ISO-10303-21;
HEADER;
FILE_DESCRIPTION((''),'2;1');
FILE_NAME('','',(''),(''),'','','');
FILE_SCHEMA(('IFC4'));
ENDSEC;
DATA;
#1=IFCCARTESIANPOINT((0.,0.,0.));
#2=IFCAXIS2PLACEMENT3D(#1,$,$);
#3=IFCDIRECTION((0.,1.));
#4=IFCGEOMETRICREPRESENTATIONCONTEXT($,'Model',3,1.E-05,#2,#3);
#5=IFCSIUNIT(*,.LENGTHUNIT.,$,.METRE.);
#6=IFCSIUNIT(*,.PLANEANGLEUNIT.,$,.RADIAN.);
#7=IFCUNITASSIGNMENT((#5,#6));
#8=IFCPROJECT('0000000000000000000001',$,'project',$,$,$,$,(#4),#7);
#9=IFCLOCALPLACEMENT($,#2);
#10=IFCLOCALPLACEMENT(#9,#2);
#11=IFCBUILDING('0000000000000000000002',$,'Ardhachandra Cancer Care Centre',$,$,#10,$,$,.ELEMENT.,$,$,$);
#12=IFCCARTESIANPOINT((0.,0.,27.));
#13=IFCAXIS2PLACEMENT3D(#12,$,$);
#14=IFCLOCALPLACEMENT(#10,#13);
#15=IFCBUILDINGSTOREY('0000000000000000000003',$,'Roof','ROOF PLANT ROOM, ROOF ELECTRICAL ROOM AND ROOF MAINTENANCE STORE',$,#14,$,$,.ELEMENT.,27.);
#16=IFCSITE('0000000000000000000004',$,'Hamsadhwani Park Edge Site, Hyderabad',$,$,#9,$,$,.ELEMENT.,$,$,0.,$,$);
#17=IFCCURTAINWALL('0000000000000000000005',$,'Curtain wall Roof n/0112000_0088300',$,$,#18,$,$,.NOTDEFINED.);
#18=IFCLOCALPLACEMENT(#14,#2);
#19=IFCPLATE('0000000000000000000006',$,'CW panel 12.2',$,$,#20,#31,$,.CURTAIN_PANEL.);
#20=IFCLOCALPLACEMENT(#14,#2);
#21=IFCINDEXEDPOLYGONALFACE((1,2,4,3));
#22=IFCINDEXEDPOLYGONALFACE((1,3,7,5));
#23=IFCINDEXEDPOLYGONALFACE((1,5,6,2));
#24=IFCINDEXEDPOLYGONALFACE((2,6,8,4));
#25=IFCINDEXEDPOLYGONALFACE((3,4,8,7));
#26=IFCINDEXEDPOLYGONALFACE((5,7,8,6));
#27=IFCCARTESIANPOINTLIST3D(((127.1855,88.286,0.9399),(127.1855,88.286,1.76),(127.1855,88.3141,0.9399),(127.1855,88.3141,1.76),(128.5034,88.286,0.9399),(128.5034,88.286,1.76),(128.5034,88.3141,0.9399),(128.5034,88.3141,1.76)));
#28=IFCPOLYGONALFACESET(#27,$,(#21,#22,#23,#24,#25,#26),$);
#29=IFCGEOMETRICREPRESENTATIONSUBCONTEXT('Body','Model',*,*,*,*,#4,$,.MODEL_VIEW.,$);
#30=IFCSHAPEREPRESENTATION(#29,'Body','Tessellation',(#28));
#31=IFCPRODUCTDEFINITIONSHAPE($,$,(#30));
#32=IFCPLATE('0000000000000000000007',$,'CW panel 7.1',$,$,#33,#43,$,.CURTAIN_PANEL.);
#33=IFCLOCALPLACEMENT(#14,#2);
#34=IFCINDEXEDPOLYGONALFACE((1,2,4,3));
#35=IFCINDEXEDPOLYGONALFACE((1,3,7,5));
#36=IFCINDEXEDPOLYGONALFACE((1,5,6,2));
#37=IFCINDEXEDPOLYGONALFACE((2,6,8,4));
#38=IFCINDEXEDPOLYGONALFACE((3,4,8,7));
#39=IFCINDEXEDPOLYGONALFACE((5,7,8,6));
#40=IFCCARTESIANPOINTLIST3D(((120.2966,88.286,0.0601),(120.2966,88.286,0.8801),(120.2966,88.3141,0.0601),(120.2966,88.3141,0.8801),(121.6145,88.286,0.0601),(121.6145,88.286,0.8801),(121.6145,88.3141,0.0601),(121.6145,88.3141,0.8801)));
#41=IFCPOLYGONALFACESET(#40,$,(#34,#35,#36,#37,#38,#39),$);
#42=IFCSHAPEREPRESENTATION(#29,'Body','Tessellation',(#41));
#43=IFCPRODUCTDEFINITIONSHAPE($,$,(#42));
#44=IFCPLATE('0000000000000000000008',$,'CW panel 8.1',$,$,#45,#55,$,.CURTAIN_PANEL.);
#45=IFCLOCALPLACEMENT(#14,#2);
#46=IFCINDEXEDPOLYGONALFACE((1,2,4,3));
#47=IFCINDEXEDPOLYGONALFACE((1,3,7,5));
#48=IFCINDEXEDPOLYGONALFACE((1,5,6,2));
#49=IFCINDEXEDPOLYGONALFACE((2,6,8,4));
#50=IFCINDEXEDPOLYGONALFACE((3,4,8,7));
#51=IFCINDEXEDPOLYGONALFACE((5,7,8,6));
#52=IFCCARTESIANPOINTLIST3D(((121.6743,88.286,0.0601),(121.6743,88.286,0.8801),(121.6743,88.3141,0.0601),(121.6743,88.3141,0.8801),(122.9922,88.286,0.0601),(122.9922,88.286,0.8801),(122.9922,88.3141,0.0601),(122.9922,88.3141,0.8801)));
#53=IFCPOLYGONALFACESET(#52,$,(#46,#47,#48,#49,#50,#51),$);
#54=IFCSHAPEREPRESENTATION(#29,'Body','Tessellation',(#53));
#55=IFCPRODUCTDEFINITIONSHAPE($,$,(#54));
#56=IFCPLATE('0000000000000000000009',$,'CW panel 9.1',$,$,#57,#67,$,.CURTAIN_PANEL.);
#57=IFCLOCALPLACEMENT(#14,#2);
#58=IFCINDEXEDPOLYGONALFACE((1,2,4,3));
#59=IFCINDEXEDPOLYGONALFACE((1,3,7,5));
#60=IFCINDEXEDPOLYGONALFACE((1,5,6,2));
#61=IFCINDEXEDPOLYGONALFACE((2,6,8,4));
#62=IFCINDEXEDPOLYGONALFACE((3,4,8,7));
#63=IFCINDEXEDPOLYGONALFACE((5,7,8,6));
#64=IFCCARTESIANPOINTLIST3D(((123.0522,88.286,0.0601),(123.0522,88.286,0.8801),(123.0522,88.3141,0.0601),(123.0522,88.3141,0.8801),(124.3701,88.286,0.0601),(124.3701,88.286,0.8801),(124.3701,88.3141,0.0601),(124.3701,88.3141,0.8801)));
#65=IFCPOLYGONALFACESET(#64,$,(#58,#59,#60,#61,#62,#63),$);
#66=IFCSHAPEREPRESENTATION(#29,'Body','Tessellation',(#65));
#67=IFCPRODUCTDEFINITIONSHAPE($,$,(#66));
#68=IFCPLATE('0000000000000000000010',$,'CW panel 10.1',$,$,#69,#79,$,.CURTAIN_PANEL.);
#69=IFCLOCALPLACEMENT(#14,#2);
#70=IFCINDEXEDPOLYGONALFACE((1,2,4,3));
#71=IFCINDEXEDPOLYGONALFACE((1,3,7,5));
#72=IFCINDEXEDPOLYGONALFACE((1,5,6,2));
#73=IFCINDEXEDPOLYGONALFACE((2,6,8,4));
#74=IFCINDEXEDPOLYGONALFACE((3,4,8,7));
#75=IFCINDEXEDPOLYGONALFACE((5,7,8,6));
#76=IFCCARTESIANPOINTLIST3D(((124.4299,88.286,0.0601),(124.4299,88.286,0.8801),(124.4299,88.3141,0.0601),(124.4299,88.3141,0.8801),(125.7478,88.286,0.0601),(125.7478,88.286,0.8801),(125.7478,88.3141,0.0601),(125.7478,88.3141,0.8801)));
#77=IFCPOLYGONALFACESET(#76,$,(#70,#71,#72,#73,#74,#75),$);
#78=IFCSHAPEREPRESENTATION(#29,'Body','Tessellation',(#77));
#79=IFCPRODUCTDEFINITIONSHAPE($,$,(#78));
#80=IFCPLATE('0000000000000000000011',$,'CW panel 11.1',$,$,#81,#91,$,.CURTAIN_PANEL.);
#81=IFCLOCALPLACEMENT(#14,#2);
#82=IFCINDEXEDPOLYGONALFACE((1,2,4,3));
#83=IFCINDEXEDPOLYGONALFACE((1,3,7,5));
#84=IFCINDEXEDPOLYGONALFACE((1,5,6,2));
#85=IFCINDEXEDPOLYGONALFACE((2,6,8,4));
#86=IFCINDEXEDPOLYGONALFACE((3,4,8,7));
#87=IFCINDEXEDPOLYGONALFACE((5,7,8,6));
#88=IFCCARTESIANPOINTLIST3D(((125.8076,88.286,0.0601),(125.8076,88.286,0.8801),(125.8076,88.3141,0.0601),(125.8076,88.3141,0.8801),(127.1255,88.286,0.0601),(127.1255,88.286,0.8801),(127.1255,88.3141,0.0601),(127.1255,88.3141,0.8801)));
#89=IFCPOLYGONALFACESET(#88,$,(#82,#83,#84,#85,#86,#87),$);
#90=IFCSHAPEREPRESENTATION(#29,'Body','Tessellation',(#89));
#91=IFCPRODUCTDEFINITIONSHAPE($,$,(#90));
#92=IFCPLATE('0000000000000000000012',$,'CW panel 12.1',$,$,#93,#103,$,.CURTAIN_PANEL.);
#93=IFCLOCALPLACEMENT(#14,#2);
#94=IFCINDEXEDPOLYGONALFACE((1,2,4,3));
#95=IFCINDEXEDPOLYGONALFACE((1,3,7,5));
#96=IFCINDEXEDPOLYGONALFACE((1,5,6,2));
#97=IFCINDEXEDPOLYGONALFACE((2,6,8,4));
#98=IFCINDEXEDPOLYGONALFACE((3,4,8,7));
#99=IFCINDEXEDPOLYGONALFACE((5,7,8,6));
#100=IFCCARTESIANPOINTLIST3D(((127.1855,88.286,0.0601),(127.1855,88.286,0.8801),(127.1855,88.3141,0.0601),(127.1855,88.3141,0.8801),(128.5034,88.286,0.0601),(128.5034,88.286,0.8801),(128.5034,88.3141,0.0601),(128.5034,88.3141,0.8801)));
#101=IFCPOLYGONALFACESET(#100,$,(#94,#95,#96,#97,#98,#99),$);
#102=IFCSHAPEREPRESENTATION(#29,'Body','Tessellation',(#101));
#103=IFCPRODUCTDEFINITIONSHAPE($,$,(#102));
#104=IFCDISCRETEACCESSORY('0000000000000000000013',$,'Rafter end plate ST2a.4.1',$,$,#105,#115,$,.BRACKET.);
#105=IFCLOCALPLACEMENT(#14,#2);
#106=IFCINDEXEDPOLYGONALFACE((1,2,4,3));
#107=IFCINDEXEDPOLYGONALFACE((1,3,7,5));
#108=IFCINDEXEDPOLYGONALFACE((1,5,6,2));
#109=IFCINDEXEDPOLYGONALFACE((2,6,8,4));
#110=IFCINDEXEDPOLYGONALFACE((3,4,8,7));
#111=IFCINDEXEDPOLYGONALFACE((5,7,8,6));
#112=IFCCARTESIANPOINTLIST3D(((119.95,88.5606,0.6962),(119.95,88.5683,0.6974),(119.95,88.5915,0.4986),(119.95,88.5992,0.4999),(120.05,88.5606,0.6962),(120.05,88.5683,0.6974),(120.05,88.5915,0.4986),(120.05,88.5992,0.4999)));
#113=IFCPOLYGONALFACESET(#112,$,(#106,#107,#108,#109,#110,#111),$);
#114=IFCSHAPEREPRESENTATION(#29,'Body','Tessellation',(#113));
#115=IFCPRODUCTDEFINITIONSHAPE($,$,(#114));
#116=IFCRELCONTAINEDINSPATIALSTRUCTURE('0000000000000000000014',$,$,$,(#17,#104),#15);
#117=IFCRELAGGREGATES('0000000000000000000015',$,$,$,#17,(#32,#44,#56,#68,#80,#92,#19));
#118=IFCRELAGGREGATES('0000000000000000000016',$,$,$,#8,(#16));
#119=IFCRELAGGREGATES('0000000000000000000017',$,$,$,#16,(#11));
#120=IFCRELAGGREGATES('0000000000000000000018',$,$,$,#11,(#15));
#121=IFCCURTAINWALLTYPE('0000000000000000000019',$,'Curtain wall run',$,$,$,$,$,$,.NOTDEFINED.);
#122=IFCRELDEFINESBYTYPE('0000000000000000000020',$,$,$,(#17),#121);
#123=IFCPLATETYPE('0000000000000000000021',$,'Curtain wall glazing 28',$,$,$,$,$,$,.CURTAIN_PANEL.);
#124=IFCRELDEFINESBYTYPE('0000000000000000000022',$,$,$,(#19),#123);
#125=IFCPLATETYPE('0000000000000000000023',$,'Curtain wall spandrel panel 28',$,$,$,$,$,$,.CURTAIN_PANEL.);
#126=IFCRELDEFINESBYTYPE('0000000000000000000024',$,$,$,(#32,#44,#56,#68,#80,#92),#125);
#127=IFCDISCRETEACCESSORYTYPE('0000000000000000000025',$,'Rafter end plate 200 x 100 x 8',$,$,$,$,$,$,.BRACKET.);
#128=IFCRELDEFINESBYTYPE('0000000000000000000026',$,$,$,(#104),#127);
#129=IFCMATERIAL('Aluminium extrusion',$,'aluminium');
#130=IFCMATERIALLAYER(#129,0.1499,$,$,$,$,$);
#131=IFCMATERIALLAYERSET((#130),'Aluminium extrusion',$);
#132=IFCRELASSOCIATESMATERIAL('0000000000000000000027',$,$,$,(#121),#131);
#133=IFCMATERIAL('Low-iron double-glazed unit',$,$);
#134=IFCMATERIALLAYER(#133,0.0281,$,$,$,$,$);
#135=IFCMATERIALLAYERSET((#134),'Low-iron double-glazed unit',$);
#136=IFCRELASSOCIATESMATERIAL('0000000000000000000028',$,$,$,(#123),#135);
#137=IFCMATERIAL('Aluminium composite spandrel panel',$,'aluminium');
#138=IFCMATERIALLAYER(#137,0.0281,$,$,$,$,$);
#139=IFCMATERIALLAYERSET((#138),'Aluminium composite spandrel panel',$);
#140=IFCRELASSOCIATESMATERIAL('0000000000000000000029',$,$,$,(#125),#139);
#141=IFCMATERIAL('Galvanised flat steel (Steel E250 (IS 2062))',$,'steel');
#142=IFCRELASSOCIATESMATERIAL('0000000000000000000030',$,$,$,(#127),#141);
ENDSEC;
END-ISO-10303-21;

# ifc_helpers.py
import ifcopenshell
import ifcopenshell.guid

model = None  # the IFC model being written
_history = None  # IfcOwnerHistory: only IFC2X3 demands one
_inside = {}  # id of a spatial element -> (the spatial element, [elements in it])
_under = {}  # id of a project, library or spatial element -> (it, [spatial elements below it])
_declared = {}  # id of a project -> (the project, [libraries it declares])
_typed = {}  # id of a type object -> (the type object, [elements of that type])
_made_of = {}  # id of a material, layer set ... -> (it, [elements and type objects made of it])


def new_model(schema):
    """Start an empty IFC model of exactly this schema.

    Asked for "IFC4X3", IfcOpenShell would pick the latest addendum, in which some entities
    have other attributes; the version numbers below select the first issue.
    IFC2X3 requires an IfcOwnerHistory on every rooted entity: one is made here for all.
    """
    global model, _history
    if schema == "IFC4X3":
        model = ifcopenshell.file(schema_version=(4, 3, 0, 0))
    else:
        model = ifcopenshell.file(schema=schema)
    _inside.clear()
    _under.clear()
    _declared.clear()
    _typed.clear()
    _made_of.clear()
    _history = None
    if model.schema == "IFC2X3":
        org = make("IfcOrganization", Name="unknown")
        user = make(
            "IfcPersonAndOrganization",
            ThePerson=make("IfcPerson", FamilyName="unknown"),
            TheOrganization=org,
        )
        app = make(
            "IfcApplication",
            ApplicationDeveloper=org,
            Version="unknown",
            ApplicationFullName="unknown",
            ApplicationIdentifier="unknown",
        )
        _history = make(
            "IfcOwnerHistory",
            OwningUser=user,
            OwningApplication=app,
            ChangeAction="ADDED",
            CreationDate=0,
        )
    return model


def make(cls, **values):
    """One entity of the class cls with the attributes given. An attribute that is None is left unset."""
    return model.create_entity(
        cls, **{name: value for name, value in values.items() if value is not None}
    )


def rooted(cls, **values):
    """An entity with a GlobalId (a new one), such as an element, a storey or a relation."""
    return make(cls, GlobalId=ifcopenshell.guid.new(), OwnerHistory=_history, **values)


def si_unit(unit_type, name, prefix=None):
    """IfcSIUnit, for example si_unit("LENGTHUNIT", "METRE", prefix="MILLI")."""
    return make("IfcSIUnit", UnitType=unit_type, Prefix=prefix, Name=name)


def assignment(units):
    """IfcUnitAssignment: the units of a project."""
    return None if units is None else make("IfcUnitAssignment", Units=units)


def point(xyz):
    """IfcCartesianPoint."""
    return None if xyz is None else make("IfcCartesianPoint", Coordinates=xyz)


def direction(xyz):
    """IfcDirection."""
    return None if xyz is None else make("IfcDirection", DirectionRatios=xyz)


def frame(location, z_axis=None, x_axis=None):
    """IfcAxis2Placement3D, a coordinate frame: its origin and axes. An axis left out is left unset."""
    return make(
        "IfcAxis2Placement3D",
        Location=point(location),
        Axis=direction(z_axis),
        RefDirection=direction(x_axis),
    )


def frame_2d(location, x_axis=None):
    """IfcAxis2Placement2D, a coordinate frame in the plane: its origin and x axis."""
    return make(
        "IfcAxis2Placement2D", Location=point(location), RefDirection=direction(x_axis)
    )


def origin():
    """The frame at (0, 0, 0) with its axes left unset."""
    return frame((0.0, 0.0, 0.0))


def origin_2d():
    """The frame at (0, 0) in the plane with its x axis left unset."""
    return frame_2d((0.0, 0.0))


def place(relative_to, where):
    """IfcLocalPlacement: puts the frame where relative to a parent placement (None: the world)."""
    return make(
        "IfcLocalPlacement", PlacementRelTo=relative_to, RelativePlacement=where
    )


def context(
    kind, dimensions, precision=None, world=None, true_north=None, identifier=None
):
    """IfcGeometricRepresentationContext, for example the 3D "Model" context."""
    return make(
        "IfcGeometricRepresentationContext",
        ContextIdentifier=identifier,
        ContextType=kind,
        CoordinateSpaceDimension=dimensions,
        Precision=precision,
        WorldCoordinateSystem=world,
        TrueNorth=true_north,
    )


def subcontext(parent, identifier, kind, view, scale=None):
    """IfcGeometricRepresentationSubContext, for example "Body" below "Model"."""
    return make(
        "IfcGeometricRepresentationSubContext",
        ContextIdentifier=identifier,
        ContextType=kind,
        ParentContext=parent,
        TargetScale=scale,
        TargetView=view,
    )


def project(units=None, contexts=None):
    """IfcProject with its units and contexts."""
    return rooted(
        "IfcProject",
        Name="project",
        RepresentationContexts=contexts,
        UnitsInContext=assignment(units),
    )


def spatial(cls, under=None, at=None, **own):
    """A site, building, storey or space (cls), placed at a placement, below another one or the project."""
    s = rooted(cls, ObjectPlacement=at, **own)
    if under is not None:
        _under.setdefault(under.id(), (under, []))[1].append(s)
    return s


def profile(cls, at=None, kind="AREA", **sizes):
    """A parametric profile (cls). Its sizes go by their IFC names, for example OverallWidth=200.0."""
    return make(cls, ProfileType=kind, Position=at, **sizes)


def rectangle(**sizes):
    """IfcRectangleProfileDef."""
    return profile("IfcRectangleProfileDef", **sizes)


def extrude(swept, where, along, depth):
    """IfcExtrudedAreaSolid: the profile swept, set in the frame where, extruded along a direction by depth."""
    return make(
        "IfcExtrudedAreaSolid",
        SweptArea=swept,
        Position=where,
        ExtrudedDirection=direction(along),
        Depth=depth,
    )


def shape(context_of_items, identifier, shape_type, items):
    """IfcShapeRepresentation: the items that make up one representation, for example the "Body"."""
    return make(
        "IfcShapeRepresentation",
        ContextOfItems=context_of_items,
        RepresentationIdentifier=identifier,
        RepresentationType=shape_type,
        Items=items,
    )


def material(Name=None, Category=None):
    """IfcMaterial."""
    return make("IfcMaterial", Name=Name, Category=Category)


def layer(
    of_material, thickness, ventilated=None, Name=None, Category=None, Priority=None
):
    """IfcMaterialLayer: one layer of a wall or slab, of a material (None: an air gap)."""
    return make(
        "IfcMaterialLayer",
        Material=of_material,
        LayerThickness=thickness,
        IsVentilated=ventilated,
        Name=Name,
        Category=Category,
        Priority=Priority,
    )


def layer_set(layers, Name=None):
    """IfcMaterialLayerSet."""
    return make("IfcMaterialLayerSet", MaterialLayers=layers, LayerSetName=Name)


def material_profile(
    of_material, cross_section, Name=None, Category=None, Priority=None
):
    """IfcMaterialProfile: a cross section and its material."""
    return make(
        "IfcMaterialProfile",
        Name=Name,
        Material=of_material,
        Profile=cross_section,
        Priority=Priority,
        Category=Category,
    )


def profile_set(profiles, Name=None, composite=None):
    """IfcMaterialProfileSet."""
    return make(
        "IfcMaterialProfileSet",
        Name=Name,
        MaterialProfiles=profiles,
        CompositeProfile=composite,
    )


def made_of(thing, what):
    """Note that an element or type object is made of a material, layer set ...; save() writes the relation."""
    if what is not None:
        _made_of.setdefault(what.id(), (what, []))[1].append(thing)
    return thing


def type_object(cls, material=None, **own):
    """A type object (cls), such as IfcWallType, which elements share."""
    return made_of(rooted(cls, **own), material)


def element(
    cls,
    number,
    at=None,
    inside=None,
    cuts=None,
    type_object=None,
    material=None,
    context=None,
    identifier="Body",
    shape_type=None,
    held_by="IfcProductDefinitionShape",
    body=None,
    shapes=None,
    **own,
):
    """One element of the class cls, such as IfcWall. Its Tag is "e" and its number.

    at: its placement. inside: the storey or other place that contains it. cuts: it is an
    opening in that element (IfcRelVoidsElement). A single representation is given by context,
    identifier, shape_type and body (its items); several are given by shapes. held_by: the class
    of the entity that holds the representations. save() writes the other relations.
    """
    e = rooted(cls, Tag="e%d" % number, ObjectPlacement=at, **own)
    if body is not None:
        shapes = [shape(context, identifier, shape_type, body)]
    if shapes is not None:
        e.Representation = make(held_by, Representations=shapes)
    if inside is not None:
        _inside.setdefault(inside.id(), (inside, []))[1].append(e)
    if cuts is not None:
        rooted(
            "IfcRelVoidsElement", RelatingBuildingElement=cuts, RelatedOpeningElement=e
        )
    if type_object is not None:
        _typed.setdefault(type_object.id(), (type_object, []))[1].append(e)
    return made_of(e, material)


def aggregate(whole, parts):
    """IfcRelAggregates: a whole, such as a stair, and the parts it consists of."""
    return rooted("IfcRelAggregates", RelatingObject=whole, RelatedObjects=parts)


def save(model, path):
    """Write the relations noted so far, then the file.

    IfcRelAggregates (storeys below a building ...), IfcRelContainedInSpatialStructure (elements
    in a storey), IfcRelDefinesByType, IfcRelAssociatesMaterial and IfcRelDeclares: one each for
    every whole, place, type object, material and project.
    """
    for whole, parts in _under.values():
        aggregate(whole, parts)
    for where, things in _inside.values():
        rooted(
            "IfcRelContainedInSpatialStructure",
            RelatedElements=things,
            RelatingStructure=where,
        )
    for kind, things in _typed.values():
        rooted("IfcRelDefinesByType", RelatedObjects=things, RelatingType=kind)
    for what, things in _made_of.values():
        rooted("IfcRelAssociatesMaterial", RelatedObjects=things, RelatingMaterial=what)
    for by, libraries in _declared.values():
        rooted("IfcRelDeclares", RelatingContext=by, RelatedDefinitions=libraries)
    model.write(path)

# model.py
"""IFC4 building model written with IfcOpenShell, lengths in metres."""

from ifc_helpers import new_model, si_unit, direction, frame, origin, origin_2d, place, context, subcontext, project, spatial, rectangle, extrude, material, layer, layer_set, material_profile, profile_set, type_object, element, aggregate, save


model = new_model("IFC4")

# Units and contexts
model_context = context("Model", 3, precision=1e-05, world=origin(), true_north=direction((0.0, 1.0)))
body_context = subcontext(model_context, "Body", "Model", "MODEL_VIEW")
ifc_project = project(units=[si_unit("LENGTHUNIT", "METRE"), si_unit("PLANEANGLEUNIT", "RADIAN")], contexts=[model_context])

# Site, building, storey
site_placement = place(None, origin())
site = spatial("IfcSite", under=ifc_project, at=site_placement, Name="Hamsadhwani Park Edge Site, Hyderabad", CompositionType="ELEMENT", RefElevation=0.0)
building_placement = place(site_placement, origin())
building = spatial("IfcBuilding", under=site, at=building_placement, Name="Ardhachandra Cancer Care Centre", CompositionType="ELEMENT")
storey_placement = place(building_placement, frame((0.0, 0.0, 27.0)))
storey = spatial("IfcBuildingStorey", under=building, at=storey_placement, Name="Roof", Description="ROOF PLANT ROOM, ROOF ELECTRICAL ROOM AND ROOF MAINTENANCE STORE", CompositionType="ELEMENT", Elevation=27.0)

# Curtain wall
ifc_material_1 = material(Name="Aluminium extrusion", Category="aluminium")
ifc_layer_1 = layer(ifc_material_1, 0.1499)
ifc_layer_set_1 = layer_set([ifc_layer_1], Name="Aluminium extrusion")
curtain_wall_type = type_object("IfcCurtainWallType", Name="Curtain wall run", PredefinedType="NOTDEFINED", material=ifc_layer_set_1)
curtain_wall_placement = place(storey_placement, origin())
curtain_wall = element("IfcCurtainWall", 1, at=curtain_wall_placement, inside=storey, type_object=curtain_wall_type, Name="Curtain wall Roof n/0112000_0088300", PredefinedType="NOTDEFINED")

# Plates
ifc_material_2 = material(Name="Low-iron double-glazed unit")
ifc_layer_2 = layer(ifc_material_2, 0.0281)
ifc_layer_set_2 = layer_set([ifc_layer_2], Name="Low-iron double-glazed unit")
plate_type_1 = type_object("IfcPlateType", Name="Curtain wall glazing 28", PredefinedType="CURTAIN_PANEL", material=ifc_layer_set_2)
plate_1_placement = place(storey_placement, frame((127.8445, 88.3, 0.9399), z_axis=(0.0, 0.0, 1.0), x_axis=(1.0, 0.0, 0.0)))
plate_1 = element("IfcPlate", 2, at=plate_1_placement, type_object=plate_type_1, Name="CW panel 12.2", PredefinedType="CURTAIN_PANEL", context=body_context, shape_type="SweptSolid", body=[
    extrude(rectangle(XDim=1.3179, YDim=0.0281, at=origin_2d()), origin(), (0.0, 0.0, 1.0), 0.8201),
])
ifc_material_3 = material(Name="Aluminium composite spandrel panel", Category="aluminium")
ifc_layer_3 = layer(ifc_material_3, 0.0281)
ifc_layer_set_3 = layer_set([ifc_layer_3], Name="Aluminium composite spandrel panel")
plate_type_2 = type_object("IfcPlateType", Name="Curtain wall spandrel panel 28", PredefinedType="CURTAIN_PANEL", material=ifc_layer_set_3)
plate_2_placement = place(storey_placement, frame((120.9556, 88.3, 0.0601), z_axis=(0.0, 0.0, 1.0), x_axis=(1.0, 0.0, 0.0)))
plate_2 = element("IfcPlate", 3, at=plate_2_placement, type_object=plate_type_2, Name="CW panel 7.1", PredefinedType="CURTAIN_PANEL", context=body_context, shape_type="SweptSolid", body=[
    extrude(rectangle(XDim=1.3179, YDim=0.0281, at=origin_2d()), origin(), (0.0, 0.0, 1.0), 0.8201),
])
plate_3_placement = place(storey_placement, frame((122.3333, 88.3, 0.0601), z_axis=(0.0, 0.0, 1.0), x_axis=(1.0, 0.0, 0.0)))
plate_3 = element("IfcPlate", 4, at=plate_3_placement, type_object=plate_type_2, Name="CW panel 8.1", PredefinedType="CURTAIN_PANEL", context=body_context, shape_type="SweptSolid", body=[
    extrude(rectangle(XDim=1.3179, YDim=0.0281, at=origin_2d()), origin(), (0.0, 0.0, 1.0), 0.8201),
])
plate_4_placement = place(storey_placement, frame((123.7112, 88.3, 0.0601), z_axis=(0.0, 0.0, 1.0), x_axis=(1.0, 0.0, 0.0)))
plate_4 = element("IfcPlate", 5, at=plate_4_placement, type_object=plate_type_2, Name="CW panel 9.1", PredefinedType="CURTAIN_PANEL", context=body_context, shape_type="SweptSolid", body=[
    extrude(rectangle(XDim=1.3179, YDim=0.0281, at=origin_2d()), origin(), (0.0, 0.0, 1.0), 0.8201),
])
plate_5_placement = place(storey_placement, frame((125.0889, 88.3, 0.0601), z_axis=(0.0, 0.0, 1.0), x_axis=(1.0, 0.0, 0.0)))
plate_5 = element("IfcPlate", 6, at=plate_5_placement, type_object=plate_type_2, Name="CW panel 10.1", PredefinedType="CURTAIN_PANEL", context=body_context, shape_type="SweptSolid", body=[
    extrude(rectangle(XDim=1.3179, YDim=0.0281, at=origin_2d()), origin(), (0.0, 0.0, 1.0), 0.8201),
])
plate_6_placement = place(storey_placement, frame((126.4666, 88.3, 0.0601), z_axis=(0.0, 0.0, 1.0), x_axis=(1.0, 0.0, 0.0)))
plate_6 = element("IfcPlate", 7, at=plate_6_placement, type_object=plate_type_2, Name="CW panel 11.1", PredefinedType="CURTAIN_PANEL", context=body_context, shape_type="SweptSolid", body=[
    extrude(rectangle(XDim=1.3179, YDim=0.0281, at=origin_2d()), origin(), (0.0, 0.0, 1.0), 0.8201),
])
plate_7_placement = place(storey_placement, frame((127.8445, 88.3, 0.0601), z_axis=(0.0, 0.0, 1.0), x_axis=(1.0, 0.0, 0.0)))
plate_7 = element("IfcPlate", 8, at=plate_7_placement, type_object=plate_type_2, Name="CW panel 12.1", PredefinedType="CURTAIN_PANEL", context=body_context, shape_type="SweptSolid", body=[
    extrude(rectangle(XDim=1.3179, YDim=0.0281, at=origin_2d()), origin(), (0.0, 0.0, 1.0), 0.8201),
])
aggregate(curtain_wall, [plate_2, plate_3, plate_4, plate_5, plate_6, plate_7, plate_1])

# Discrete accessory
ifc_material_4 = material(Name="Galvanised flat steel (Steel E250 (IS 2062))", Category="steel")
ifc_material_profile_1 = material_profile(ifc_material_4, rectangle(XDim=0.1001, YDim=0.2, at=origin_2d()), Name="Rafter end plate 200 x 100 x 8")
ifc_profile_set_1 = profile_set([ifc_material_profile_1], Name="Galvanised flat steel (Steel E250 (IS 2062))")
discrete_accessory_type = type_object("IfcDiscreteAccessoryType", Name="Rafter end plate 200 x 100 x 8", PredefinedType="BRACKET", material=ifc_profile_set_1)
discrete_accessory_placement = place(storey_placement, frame((120.0, 88.5837, 0.5986), z_axis=(0.0, -0.988012, -0.154377), x_axis=(1.0, 0.0, 0.0)))
element("IfcDiscreteAccessory", 9, at=discrete_accessory_placement, inside=storey, type_object=discrete_accessory_type, Name="Rafter end plate ST2a.4.1", PredefinedType="BRACKET", context=body_context, shape_type="SweptSolid", body=[
    extrude(rectangle(XDim=0.1001, YDim=0.2, at=origin_2d()), origin(), (0.0, 0.0, 1.0), 0.0078),
])

save(model, "model.ifc")
